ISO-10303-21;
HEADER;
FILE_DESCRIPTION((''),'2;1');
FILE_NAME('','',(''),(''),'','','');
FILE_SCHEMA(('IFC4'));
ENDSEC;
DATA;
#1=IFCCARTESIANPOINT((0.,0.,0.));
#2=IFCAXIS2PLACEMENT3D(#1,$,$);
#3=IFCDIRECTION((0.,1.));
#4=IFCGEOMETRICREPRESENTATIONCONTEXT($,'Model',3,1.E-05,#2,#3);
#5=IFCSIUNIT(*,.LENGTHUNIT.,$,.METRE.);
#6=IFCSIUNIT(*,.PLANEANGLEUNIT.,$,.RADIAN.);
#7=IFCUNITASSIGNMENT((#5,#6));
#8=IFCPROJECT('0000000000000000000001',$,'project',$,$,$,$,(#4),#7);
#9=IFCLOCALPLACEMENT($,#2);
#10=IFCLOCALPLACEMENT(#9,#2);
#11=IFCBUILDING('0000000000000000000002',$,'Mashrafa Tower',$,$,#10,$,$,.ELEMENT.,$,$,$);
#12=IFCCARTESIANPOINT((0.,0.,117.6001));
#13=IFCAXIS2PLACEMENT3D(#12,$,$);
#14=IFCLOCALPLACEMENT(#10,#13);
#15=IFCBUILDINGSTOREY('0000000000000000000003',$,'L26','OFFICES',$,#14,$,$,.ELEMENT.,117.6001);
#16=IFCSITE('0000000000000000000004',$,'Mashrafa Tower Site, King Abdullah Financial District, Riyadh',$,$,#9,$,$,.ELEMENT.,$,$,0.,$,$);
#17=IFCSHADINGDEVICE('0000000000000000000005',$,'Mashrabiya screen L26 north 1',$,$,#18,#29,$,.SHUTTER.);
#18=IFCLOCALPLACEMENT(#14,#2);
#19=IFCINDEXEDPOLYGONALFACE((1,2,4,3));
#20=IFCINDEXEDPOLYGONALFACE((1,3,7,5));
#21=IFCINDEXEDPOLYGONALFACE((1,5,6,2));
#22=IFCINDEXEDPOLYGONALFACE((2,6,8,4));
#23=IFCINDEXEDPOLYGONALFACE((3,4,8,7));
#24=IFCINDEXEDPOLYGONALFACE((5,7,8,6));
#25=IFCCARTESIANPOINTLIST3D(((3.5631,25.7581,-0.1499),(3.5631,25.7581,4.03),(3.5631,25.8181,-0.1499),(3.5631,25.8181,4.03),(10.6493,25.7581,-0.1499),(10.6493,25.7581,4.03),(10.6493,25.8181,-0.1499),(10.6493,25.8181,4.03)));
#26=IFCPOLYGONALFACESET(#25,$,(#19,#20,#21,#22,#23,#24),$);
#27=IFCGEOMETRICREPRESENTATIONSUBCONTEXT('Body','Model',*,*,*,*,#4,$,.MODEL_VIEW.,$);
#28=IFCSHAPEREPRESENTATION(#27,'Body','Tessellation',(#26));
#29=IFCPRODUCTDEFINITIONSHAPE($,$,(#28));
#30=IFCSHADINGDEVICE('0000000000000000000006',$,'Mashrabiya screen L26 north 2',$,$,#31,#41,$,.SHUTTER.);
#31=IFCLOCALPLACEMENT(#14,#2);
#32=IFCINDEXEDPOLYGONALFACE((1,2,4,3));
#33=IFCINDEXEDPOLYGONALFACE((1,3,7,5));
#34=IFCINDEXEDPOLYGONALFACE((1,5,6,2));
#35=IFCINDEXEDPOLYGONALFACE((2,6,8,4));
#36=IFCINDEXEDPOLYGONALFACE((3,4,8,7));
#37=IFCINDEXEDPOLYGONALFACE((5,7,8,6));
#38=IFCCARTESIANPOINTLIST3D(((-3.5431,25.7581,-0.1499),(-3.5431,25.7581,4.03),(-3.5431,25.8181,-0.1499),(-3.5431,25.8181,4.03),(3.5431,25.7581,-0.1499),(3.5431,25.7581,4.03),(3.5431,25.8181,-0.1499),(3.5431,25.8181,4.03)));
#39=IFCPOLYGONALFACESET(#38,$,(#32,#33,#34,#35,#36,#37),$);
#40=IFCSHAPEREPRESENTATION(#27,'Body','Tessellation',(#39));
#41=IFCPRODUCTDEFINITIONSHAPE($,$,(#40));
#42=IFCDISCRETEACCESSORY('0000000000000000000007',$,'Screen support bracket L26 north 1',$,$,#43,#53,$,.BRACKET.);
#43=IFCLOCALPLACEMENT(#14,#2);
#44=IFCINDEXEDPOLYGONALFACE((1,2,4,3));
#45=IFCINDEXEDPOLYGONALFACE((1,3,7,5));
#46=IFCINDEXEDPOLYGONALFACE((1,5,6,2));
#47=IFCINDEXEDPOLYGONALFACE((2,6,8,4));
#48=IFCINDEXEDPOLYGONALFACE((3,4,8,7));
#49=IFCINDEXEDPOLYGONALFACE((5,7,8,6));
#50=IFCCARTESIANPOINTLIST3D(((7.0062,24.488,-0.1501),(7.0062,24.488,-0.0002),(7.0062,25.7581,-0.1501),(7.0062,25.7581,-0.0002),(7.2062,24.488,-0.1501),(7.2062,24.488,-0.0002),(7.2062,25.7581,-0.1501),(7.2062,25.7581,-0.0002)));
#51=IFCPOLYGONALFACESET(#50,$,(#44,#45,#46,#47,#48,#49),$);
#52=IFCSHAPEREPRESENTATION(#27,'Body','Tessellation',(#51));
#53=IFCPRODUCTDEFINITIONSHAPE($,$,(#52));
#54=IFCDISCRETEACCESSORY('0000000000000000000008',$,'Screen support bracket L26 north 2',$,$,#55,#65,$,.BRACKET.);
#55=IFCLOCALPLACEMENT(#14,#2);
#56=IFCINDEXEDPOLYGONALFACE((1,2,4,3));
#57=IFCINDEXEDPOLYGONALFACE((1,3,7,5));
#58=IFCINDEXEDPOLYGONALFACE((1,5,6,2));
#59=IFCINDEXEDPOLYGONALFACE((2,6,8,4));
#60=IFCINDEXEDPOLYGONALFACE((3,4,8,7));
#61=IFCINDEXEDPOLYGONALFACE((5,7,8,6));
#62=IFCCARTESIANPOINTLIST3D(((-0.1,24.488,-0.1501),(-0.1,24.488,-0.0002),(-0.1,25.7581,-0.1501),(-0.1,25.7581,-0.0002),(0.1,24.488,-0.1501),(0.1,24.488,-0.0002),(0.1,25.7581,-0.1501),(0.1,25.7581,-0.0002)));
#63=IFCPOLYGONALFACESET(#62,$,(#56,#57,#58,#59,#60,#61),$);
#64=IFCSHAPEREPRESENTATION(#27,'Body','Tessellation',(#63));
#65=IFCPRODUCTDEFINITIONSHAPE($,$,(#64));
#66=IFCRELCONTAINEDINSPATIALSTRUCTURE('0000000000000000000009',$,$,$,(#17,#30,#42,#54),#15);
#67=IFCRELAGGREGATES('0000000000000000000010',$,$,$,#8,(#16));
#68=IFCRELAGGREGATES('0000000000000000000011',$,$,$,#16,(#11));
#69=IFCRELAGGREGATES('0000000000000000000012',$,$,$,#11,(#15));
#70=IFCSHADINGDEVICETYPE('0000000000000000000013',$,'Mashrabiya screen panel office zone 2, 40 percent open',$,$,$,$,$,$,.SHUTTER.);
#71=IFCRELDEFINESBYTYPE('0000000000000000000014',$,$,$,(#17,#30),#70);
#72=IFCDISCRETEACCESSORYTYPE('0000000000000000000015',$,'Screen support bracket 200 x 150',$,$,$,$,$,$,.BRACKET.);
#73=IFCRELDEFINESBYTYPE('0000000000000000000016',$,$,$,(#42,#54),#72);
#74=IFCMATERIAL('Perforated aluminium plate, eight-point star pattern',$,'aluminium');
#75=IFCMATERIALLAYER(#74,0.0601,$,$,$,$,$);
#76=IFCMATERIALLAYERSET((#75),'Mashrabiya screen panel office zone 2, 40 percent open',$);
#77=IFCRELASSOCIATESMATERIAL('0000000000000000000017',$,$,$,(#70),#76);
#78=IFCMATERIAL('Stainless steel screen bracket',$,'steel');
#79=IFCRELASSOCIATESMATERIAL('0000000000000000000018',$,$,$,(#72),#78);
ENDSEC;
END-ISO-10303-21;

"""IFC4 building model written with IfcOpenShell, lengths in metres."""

from ifc_helpers import new_model, si_unit, direction, frame, origin, origin_2d, place, context, subcontext, project, spatial, rectangle, extrude, source, transform, mapped, material, layer, layer_set, type_object, type_shapes, element, save


model = new_model("IFC4")

# Units and contexts
model_context = context("Model", 3, precision=1e-05, world=origin(), true_north=direction((0.0, 1.0)))
body_context = subcontext(model_context, "Body", "Model", "MODEL_VIEW")
ifc_project = project(units=[si_unit("LENGTHUNIT", "METRE"), si_unit("PLANEANGLEUNIT", "RADIAN")], contexts=[model_context])

# Site, building, storey
site_placement = place(None, origin())
site = spatial("IfcSite", under=ifc_project, at=site_placement, Name="Mashrafa Tower Site, King Abdullah Financial District, Riyadh", CompositionType="ELEMENT", RefElevation=0.0)
building_placement = place(site_placement, origin())
building = spatial("IfcBuilding", under=site, at=building_placement, Name="Mashrafa Tower", CompositionType="ELEMENT")
storey_placement = place(building_placement, frame((0.0, 0.0, 117.6001)))
storey = spatial("IfcBuildingStorey", under=building, at=storey_placement, Name="L26", Description="OFFICES", CompositionType="ELEMENT", Elevation=117.6001)

# Shading devices
ifc_material_1 = material(Name="Perforated aluminium plate, eight-point star pattern", Category="aluminium")
ifc_layer_1 = layer(ifc_material_1, 0.0601)
ifc_layer_set_1 = layer_set([ifc_layer_1], Name="Mashrabiya screen panel office zone 2, 40 percent open")
shading_device_type = type_object("IfcShadingDeviceType", Name="Mashrabiya screen panel office zone 2, 40 percent open", PredefinedType="SHUTTER", material=ifc_layer_set_1)
shared_shape_1 = source(origin(), body_context, "Body", "SweptSolid", [
    extrude(rectangle(XDim=7.0862, YDim=0.0601, at=origin_2d()), origin(), (0.0, 0.0, 1.0), 4.1799),
])
type_shapes(shading_device_type, [shared_shape_1])
for number, where, z_axis, x_axis, name in (
    (1, (7.1062, 25.7881, -0.1499), (0.0, 0.0, 1.0), (-1.0, 0.0, 0.0), "Mashrabiya screen L26 north 1"),
    (2, (0.0, 25.7881, -0.1499), (0.0, 0.0, 1.0), (-1.0, 0.0, 0.0), "Mashrabiya screen L26 north 2"),
):
    element("IfcShadingDevice", number, at=place(storey_placement, frame(where, z_axis=z_axis, x_axis=x_axis)), inside=storey, type_object=shading_device_type, Name=name, PredefinedType="SHUTTER", context=body_context, shape_type="MappedRepresentation", body=[
        mapped(shared_shape_1, transform((0.0, 0.0, 0.0))),
    ])

# Discrete accessories
ifc_material_2 = material(Name="Stainless steel screen bracket", Category="steel")
discrete_accessory_type = type_object("IfcDiscreteAccessoryType", Name="Screen support bracket 200 x 150", PredefinedType="BRACKET", material=ifc_material_2)
shared_shape_2 = source(origin(), body_context, "Body", "SweptSolid", [
    extrude(rectangle(XDim=0.2, YDim=1.27, at=origin_2d()), origin(), (0.0, 0.0, 1.0), 0.1499),
])
type_shapes(discrete_accessory_type, [shared_shape_2])
for number, where, z_axis, x_axis, name in (
    (3, (7.1062, 25.123, -0.1501), (0.0, 0.0, 1.0), (-1.0, 0.0, 0.0), "Screen support bracket L26 north 1"),
    (4, (0.0, 25.123, -0.1501), (0.0, 0.0, 1.0), (-1.0, 0.0, 0.0), "Screen support bracket L26 north 2"),
):
    element("IfcDiscreteAccessory", number, at=place(storey_placement, frame(where, z_axis=z_axis, x_axis=x_axis)), inside=storey, type_object=discrete_accessory_type, Name=name, PredefinedType="BRACKET", context=body_context, shape_type="MappedRepresentation", body=[
        mapped(shared_shape_2, transform((0.0, 0.0, 0.0))),
    ])

save(model, "model.ifc")
